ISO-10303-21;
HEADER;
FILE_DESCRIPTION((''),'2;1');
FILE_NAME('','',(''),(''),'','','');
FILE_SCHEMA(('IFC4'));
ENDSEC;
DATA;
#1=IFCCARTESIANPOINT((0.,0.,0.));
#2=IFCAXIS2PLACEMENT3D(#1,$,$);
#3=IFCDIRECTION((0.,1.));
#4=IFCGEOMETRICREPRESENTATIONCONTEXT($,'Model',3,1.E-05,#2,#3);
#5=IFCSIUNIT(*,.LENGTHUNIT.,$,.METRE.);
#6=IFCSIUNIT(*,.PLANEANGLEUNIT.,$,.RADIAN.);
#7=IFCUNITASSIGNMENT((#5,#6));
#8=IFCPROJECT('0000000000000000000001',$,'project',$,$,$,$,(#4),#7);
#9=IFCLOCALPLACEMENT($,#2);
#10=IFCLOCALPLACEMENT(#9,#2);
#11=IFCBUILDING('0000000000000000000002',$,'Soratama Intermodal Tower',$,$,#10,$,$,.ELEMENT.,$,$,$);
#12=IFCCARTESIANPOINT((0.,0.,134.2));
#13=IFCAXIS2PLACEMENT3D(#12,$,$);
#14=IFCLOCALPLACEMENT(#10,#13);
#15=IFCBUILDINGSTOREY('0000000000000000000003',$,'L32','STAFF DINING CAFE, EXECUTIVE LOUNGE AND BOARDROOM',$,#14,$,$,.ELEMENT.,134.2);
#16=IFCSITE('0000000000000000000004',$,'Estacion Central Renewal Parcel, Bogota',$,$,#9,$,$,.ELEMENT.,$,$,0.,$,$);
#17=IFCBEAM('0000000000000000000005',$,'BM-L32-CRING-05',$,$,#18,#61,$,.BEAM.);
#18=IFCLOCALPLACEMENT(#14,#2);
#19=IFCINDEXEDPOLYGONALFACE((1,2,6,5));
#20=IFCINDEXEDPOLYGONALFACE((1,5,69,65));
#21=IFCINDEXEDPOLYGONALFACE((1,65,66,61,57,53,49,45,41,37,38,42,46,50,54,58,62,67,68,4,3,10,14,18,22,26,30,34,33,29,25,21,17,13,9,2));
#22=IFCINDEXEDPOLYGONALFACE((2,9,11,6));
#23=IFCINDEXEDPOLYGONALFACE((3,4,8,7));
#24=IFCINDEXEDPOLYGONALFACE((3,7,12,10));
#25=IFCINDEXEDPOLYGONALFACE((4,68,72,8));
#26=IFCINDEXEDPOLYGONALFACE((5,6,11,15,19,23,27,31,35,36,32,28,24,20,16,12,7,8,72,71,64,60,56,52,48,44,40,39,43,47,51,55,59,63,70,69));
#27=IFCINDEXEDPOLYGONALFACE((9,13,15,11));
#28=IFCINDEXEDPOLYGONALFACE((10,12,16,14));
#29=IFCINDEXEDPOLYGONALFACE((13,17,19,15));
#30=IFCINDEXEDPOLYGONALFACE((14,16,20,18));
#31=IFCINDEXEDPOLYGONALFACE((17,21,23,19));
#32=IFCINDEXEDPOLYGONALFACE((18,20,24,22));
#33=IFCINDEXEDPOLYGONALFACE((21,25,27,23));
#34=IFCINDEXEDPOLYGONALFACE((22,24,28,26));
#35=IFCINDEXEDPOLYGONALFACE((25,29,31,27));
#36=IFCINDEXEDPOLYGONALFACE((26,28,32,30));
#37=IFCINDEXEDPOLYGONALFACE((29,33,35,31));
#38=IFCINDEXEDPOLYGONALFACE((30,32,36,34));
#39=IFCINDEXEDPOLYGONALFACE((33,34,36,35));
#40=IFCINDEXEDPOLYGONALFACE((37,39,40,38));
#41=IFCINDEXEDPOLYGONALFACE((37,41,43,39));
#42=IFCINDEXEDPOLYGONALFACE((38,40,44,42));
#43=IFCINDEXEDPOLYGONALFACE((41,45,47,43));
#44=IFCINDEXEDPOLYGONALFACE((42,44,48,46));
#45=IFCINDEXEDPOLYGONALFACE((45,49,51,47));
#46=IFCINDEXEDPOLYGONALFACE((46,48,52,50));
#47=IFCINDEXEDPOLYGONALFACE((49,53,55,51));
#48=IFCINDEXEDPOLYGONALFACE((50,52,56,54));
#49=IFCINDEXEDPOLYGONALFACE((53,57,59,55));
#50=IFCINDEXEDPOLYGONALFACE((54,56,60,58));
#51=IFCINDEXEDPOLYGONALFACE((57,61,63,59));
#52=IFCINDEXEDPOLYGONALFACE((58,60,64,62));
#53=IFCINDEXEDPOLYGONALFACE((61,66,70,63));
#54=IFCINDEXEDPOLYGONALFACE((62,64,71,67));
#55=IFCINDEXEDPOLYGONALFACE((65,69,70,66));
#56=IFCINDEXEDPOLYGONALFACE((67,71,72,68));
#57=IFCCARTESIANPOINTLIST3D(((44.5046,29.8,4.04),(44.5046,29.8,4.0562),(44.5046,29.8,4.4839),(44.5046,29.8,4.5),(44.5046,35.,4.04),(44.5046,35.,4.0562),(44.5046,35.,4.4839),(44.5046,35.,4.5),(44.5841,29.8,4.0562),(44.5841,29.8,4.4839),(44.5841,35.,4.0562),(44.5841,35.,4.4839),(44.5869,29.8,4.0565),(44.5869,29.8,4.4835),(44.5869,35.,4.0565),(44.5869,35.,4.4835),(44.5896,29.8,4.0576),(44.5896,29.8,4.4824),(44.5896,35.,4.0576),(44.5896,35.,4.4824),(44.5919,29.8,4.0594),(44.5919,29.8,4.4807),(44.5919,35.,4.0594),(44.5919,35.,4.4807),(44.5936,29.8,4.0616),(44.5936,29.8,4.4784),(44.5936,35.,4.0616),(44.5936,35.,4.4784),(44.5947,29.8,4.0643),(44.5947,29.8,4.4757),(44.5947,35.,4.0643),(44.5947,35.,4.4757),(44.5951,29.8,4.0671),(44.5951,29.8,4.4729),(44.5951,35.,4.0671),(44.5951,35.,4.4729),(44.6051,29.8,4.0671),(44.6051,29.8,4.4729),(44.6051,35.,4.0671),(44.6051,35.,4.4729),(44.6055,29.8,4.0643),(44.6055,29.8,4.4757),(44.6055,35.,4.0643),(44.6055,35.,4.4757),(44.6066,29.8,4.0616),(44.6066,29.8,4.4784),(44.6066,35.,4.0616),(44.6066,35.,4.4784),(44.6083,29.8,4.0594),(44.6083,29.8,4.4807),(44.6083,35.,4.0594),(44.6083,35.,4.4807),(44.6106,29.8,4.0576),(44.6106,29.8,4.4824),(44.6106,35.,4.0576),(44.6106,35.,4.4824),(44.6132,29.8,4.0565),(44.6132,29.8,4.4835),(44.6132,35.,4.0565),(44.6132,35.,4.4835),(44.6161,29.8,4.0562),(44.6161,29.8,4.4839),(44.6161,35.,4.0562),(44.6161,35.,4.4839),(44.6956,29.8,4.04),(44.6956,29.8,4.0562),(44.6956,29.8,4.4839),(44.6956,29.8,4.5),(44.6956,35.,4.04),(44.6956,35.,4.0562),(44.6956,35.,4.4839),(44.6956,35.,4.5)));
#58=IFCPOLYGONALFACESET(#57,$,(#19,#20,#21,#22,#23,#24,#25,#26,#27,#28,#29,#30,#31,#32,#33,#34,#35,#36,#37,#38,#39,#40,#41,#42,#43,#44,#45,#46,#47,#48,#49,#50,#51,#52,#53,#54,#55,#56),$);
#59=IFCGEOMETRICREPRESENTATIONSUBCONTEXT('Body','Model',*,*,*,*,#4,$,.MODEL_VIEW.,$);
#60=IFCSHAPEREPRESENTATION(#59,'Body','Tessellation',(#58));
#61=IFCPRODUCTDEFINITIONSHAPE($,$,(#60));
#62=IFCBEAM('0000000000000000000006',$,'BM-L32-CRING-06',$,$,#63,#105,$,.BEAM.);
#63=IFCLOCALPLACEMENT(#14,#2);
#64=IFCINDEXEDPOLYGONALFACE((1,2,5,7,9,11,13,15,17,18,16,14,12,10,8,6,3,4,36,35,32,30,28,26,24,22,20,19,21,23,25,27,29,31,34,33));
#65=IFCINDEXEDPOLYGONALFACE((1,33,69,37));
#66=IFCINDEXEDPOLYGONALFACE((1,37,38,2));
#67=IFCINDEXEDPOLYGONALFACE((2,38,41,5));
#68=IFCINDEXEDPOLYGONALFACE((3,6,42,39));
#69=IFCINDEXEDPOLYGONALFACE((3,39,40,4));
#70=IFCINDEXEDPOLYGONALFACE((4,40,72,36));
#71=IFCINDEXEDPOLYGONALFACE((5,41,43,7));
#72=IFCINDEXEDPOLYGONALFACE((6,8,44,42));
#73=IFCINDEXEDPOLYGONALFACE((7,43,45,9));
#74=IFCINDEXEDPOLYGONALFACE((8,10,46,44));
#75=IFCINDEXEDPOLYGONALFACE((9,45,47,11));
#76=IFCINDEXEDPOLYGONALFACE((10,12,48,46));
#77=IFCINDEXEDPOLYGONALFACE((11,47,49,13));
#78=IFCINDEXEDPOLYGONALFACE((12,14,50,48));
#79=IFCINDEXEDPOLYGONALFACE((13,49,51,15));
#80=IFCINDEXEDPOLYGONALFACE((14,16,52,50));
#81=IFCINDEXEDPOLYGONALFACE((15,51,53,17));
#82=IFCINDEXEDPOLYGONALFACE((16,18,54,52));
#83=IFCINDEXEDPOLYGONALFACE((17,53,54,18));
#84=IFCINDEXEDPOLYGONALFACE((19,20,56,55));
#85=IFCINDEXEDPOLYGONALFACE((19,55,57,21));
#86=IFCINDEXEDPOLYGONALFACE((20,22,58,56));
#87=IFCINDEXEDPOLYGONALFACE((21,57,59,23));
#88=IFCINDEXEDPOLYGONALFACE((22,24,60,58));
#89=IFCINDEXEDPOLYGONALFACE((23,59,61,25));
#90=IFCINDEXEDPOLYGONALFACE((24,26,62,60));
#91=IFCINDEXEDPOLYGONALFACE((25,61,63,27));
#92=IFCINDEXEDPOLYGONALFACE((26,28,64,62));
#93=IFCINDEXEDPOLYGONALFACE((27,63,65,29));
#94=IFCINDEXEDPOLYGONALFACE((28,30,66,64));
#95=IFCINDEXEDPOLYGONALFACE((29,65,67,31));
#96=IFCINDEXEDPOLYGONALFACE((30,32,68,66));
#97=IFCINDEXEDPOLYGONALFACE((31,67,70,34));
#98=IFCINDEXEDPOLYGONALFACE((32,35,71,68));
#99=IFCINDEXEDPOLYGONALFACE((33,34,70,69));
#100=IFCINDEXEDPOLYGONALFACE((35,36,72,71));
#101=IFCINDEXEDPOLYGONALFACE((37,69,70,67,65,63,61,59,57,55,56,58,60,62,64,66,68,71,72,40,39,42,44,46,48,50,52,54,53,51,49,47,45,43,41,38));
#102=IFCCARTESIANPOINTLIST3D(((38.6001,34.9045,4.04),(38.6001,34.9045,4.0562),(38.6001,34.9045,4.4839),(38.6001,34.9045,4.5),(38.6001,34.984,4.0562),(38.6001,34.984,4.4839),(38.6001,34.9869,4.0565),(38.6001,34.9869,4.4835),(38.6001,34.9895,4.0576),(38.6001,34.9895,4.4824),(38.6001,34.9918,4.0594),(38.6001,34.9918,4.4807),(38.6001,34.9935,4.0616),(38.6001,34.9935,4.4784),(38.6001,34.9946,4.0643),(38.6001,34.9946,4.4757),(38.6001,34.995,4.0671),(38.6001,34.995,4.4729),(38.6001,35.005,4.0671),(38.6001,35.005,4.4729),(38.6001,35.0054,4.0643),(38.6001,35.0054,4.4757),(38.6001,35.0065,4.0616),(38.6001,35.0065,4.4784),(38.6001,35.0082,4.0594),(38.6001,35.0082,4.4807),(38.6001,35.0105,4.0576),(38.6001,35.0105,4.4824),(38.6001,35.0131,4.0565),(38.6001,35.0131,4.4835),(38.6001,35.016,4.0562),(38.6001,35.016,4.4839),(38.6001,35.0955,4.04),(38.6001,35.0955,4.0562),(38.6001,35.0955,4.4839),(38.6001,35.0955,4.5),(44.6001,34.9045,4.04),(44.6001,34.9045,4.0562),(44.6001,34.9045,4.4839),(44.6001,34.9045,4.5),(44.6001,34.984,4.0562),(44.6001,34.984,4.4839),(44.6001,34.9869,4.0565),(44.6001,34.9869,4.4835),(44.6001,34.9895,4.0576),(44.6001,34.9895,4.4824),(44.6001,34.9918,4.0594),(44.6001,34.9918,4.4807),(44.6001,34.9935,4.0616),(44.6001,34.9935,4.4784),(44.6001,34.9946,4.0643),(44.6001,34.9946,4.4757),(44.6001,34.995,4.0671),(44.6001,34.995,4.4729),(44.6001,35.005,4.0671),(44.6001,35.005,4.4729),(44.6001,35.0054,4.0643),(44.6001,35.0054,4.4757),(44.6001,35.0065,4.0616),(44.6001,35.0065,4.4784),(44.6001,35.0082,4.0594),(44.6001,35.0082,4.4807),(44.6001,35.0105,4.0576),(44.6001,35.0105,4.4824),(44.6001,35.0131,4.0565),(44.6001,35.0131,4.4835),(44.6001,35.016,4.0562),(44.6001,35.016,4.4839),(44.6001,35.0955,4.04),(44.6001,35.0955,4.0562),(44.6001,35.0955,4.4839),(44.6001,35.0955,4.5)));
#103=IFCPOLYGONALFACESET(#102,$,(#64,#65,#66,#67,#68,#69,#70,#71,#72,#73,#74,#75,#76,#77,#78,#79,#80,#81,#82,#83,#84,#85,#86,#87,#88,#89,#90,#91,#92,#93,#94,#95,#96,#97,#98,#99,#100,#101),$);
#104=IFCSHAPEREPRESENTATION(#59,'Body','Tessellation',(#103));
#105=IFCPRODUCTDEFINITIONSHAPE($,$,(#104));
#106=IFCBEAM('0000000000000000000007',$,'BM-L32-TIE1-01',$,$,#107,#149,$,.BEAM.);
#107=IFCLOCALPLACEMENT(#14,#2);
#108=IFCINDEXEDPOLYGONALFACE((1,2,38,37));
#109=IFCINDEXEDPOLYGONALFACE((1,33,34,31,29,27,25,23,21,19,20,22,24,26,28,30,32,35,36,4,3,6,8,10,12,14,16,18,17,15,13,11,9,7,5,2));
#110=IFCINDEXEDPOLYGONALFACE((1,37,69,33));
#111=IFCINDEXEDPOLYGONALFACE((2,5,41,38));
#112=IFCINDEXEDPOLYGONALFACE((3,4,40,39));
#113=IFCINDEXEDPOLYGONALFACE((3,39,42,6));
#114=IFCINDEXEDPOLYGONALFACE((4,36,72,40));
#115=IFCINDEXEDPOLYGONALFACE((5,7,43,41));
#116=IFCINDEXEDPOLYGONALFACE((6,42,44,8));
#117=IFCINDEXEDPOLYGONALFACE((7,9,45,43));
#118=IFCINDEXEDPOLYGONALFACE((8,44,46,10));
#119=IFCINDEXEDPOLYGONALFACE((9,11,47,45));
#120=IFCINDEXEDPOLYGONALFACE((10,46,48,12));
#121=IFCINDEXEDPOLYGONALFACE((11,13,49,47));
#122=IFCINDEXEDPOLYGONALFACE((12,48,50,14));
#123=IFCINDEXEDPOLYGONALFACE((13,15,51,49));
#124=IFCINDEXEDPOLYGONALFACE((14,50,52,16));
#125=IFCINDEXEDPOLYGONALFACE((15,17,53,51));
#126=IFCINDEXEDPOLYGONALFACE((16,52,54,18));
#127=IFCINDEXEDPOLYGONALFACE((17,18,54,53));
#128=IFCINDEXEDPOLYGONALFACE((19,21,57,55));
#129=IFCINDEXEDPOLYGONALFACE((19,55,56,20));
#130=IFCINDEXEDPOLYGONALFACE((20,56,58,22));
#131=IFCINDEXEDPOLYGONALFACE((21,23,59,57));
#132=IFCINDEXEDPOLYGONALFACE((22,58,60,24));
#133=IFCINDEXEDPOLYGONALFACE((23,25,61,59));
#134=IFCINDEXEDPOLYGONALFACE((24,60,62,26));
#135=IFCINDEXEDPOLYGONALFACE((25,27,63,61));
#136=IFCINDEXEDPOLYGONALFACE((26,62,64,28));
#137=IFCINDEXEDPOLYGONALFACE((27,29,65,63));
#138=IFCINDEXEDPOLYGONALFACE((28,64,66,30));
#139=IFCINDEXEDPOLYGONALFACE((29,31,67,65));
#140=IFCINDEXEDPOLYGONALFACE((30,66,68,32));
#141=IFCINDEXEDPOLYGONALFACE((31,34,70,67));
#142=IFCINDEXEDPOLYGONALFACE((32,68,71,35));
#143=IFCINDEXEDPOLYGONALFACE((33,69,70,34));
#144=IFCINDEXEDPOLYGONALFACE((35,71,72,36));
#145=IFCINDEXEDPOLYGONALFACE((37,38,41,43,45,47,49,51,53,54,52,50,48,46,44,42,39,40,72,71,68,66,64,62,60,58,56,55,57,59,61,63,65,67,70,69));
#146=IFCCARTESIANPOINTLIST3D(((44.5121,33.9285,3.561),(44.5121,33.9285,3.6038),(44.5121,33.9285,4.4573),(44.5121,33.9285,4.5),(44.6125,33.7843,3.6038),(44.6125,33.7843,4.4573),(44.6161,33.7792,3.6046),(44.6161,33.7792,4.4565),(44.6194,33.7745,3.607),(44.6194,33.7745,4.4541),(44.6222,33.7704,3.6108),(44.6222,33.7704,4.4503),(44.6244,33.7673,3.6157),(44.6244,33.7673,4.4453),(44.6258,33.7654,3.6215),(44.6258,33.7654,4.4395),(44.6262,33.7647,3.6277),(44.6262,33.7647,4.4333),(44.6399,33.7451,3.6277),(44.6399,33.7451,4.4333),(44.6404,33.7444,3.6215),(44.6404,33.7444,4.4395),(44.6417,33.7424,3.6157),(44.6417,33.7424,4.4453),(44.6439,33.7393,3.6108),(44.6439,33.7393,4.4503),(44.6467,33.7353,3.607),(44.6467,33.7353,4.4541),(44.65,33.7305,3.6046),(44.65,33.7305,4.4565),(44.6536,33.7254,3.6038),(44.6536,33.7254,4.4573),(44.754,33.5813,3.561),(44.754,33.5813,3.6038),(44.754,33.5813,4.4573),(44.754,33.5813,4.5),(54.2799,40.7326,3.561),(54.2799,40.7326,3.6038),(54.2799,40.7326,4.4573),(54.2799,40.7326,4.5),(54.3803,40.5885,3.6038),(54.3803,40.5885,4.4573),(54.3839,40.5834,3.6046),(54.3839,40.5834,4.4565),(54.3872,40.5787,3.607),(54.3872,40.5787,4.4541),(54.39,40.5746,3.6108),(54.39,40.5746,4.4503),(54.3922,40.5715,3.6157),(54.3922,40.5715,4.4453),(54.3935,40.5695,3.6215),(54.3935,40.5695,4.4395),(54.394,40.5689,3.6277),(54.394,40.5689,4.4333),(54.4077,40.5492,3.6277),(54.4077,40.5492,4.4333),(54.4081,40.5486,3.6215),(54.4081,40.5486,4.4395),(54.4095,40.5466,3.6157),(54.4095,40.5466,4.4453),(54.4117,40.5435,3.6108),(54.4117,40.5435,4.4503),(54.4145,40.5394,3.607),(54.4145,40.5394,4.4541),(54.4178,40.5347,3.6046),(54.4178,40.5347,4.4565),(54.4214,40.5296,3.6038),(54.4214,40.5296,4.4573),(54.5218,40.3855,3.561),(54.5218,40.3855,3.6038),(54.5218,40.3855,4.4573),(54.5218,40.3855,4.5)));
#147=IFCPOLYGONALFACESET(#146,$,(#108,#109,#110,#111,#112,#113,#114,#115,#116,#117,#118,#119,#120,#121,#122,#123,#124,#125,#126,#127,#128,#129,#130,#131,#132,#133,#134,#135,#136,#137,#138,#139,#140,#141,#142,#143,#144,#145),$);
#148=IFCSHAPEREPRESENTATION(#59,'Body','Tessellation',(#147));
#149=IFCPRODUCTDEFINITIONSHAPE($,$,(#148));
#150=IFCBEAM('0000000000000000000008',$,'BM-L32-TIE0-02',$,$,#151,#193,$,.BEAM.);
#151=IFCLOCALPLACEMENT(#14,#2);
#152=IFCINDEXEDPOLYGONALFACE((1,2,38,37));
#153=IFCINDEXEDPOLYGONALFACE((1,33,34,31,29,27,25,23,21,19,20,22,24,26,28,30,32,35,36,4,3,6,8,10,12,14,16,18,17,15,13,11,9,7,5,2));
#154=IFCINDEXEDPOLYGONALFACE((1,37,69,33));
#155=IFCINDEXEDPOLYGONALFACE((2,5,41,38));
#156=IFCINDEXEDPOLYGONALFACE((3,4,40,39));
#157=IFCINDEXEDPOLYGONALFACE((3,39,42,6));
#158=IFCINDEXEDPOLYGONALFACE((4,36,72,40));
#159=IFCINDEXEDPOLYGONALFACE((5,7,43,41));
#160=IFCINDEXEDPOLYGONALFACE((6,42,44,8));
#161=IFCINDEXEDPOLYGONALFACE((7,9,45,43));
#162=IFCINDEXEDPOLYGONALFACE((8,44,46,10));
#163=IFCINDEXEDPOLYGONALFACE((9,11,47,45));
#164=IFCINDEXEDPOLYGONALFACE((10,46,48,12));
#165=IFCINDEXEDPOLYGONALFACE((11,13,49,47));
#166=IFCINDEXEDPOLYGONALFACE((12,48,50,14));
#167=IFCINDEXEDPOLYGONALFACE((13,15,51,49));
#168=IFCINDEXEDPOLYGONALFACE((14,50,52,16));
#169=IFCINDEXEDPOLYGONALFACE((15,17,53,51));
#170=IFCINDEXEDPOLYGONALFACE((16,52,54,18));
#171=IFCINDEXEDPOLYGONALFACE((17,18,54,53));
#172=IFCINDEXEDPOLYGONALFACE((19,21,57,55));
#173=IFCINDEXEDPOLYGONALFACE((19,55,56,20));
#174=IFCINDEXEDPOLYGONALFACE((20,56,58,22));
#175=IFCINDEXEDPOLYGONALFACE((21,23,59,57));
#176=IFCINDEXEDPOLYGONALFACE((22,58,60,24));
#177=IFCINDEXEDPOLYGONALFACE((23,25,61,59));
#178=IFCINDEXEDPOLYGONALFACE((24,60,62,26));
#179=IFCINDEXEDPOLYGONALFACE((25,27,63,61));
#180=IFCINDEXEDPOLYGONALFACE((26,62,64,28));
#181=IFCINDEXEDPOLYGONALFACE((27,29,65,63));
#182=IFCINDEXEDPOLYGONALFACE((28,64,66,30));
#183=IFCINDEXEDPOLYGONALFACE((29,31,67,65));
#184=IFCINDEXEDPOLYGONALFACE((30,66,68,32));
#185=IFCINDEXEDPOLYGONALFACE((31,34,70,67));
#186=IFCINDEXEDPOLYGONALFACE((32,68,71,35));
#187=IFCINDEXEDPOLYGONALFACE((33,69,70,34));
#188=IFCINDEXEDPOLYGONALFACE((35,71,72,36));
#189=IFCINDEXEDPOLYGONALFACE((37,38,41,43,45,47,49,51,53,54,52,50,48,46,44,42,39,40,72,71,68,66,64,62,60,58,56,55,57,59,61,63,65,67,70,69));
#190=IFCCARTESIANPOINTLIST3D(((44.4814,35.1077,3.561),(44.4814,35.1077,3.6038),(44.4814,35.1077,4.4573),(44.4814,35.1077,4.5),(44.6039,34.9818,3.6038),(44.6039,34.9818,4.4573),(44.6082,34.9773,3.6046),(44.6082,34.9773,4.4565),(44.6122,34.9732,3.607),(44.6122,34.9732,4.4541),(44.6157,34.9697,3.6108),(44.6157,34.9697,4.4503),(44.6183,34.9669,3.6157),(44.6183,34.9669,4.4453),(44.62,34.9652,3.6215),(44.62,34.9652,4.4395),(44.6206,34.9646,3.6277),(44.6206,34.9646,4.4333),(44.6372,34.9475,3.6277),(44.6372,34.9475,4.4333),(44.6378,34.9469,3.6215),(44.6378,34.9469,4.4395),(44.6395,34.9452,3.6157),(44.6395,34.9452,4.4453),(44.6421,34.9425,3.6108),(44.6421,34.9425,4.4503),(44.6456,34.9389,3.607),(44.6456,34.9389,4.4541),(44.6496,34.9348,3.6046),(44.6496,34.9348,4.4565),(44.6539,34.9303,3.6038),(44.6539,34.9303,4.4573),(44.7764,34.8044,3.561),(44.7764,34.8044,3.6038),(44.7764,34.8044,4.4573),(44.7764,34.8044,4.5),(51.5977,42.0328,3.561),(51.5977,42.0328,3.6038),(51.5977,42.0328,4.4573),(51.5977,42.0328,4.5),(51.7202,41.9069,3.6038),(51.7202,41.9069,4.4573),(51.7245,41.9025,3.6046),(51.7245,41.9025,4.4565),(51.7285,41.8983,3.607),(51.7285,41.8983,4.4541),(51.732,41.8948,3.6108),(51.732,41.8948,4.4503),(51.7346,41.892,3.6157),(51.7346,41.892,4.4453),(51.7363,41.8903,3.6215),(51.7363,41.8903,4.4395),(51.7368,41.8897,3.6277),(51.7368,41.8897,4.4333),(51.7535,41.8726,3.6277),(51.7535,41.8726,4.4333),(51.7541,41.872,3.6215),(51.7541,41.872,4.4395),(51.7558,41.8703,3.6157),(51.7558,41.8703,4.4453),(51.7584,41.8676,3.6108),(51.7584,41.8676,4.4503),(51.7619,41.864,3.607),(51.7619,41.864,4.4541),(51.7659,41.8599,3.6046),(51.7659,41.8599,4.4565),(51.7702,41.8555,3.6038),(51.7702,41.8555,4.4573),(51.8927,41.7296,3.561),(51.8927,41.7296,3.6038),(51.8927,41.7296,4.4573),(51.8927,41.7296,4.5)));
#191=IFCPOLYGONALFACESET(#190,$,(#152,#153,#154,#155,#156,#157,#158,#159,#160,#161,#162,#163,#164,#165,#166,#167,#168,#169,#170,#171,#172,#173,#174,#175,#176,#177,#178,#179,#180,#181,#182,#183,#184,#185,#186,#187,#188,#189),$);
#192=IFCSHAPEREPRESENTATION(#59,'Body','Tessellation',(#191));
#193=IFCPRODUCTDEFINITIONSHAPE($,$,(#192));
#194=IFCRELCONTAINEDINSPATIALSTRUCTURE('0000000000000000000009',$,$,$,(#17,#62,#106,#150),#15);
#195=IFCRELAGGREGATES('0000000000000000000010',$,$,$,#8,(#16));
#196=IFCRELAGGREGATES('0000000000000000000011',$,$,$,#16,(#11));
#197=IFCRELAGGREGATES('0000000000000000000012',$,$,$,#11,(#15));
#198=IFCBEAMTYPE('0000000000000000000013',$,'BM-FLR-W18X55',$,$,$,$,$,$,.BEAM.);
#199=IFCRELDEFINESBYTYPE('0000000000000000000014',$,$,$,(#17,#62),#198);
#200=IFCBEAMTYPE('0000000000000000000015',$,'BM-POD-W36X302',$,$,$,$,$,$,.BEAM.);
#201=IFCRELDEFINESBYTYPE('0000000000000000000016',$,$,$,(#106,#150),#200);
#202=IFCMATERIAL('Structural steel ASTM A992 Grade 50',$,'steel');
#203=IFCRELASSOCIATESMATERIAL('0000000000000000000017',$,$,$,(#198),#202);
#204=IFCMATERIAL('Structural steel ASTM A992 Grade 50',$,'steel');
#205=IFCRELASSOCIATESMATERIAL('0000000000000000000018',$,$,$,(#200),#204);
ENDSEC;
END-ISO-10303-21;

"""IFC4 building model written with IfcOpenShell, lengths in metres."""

from ifc_helpers import new_model, si_unit, direction, frame, origin, origin_2d, place, context, subcontext, project, spatial, i_section, extrude, material, material_profile, profile_set, type_object, element, save


model = new_model("IFC4")

# Units and contexts
model_context = context("Model", 3, precision=1e-05, world=origin(), true_north=direction((0.0, 1.0)))
body_context = subcontext(model_context, "Body", "Model", "MODEL_VIEW")
ifc_project = project(units=[si_unit("LENGTHUNIT", "METRE"), si_unit("PLANEANGLEUNIT", "RADIAN")], contexts=[model_context])

# Site, building, storey
site_placement = place(None, origin())
site = spatial("IfcSite", under=ifc_project, at=site_placement, Name="Estacion Central Renewal Parcel, Bogota", CompositionType="ELEMENT", RefElevation=0.0)
building_placement = place(site_placement, origin())
building = spatial("IfcBuilding", under=site, at=building_placement, Name="Soratama Intermodal Tower", CompositionType="ELEMENT")
storey_placement = place(building_placement, frame((0.0, 0.0, 134.2)))
storey = spatial("IfcBuildingStorey", under=building, at=storey_placement, Name="L32", Description="STAFF DINING CAFE, EXECUTIVE LOUNGE AND BOARDROOM", CompositionType="ELEMENT", Elevation=134.2)

# Beams
ifc_material_1 = material(Name="Structural steel ASTM A992 Grade 50", Category="steel")
ifc_material_profile_1 = material_profile(ifc_material_1, i_section(OverallWidth=0.1909, OverallDepth=0.46, WebThickness=0.01, FlangeThickness=0.0161, FilletRadius=0.011, at=origin_2d()), Name="W18X55")
ifc_profile_set_1 = profile_set([ifc_material_profile_1], Name="Structural steel ASTM A992 Grade 50")
beam_type_1 = type_object("IfcBeamType", Name="BM-FLR-W18X55", PredefinedType="BEAM", material=ifc_profile_set_1)
beam_1_placement = place(storey_placement, frame((44.6001, 29.8, 4.27), z_axis=(0.0, 1.0, 0.0), x_axis=(-1.0, 0.0, 0.0)))
element("IfcBeam", 1, at=beam_1_placement, inside=storey, type_object=beam_type_1, Name="BM-L32-CRING-05", PredefinedType="BEAM", context=body_context, shape_type="SweptSolid", body=[
    extrude(i_section(OverallWidth=0.1909, OverallDepth=0.46, WebThickness=0.01, FlangeThickness=0.0161, FilletRadius=0.011, at=origin_2d()), origin(), (0.0, 0.0, 1.0), 5.2),
])
beam_2_placement = place(storey_placement, frame((44.6001, 35.0, 4.27), z_axis=(-1.0, 0.0, 0.0), x_axis=(0.0, -1.0, 0.0)))
element("IfcBeam", 2, at=beam_2_placement, inside=storey, type_object=beam_type_1, Name="BM-L32-CRING-06", PredefinedType="BEAM", context=body_context, shape_type="SweptSolid", body=[
    extrude(i_section(OverallWidth=0.1909, OverallDepth=0.46, WebThickness=0.01, FlangeThickness=0.0161, FilletRadius=0.011, at=origin_2d()), origin(), (0.0, 0.0, 1.0), 6.0),
])
ifc_material_2 = material(Name="Structural steel ASTM A992 Grade 50", Category="steel")
ifc_material_profile_2 = material_profile(ifc_material_2, i_section(OverallWidth=0.4231, OverallDepth=0.939, WebThickness=0.0239, FlangeThickness=0.0427, FilletRadius=0.0239, at=origin_2d()), Name="W36X302")
ifc_profile_set_2 = profile_set([ifc_material_profile_2], Name="Structural steel ASTM A992 Grade 50")
beam_type_2 = type_object("IfcBeamType", Name="BM-POD-W36X302", PredefinedType="BEAM", material=ifc_profile_set_2)
beam_3_placement = place(storey_placement, frame((44.6331, 33.7549, 4.0305), z_axis=(0.820543, 0.571585, 0.0), x_axis=(-0.571585, 0.820543, 0.0)))
element("IfcBeam", 3, at=beam_3_placement, inside=storey, type_object=beam_type_2, Name="BM-L32-TIE1-01", PredefinedType="BEAM", context=body_context, shape_type="SweptSolid", body=[
    extrude(i_section(OverallWidth=0.4231, OverallDepth=0.939, WebThickness=0.0239, FlangeThickness=0.0427, FilletRadius=0.0239, at=origin_2d()), origin(), (0.0, 0.0, 1.0), 11.9041),
])
beam_4_placement = place(storey_placement, frame((44.6289, 34.9561, 4.0305), z_axis=(0.716667, 0.697415, 0.0), x_axis=(-0.697415, 0.716667, 0.0)))
element("IfcBeam", 4, at=beam_4_placement, inside=storey, type_object=beam_type_2, Name="BM-L32-TIE0-02", PredefinedType="BEAM", context=body_context, shape_type="SweptSolid", body=[
    extrude(i_section(OverallWidth=0.4231, OverallDepth=0.939, WebThickness=0.0239, FlangeThickness=0.0427, FilletRadius=0.0239, at=origin_2d()), origin(), (0.0, 0.0, 1.0), 9.9297),
])

save(model, "model.ifc")
